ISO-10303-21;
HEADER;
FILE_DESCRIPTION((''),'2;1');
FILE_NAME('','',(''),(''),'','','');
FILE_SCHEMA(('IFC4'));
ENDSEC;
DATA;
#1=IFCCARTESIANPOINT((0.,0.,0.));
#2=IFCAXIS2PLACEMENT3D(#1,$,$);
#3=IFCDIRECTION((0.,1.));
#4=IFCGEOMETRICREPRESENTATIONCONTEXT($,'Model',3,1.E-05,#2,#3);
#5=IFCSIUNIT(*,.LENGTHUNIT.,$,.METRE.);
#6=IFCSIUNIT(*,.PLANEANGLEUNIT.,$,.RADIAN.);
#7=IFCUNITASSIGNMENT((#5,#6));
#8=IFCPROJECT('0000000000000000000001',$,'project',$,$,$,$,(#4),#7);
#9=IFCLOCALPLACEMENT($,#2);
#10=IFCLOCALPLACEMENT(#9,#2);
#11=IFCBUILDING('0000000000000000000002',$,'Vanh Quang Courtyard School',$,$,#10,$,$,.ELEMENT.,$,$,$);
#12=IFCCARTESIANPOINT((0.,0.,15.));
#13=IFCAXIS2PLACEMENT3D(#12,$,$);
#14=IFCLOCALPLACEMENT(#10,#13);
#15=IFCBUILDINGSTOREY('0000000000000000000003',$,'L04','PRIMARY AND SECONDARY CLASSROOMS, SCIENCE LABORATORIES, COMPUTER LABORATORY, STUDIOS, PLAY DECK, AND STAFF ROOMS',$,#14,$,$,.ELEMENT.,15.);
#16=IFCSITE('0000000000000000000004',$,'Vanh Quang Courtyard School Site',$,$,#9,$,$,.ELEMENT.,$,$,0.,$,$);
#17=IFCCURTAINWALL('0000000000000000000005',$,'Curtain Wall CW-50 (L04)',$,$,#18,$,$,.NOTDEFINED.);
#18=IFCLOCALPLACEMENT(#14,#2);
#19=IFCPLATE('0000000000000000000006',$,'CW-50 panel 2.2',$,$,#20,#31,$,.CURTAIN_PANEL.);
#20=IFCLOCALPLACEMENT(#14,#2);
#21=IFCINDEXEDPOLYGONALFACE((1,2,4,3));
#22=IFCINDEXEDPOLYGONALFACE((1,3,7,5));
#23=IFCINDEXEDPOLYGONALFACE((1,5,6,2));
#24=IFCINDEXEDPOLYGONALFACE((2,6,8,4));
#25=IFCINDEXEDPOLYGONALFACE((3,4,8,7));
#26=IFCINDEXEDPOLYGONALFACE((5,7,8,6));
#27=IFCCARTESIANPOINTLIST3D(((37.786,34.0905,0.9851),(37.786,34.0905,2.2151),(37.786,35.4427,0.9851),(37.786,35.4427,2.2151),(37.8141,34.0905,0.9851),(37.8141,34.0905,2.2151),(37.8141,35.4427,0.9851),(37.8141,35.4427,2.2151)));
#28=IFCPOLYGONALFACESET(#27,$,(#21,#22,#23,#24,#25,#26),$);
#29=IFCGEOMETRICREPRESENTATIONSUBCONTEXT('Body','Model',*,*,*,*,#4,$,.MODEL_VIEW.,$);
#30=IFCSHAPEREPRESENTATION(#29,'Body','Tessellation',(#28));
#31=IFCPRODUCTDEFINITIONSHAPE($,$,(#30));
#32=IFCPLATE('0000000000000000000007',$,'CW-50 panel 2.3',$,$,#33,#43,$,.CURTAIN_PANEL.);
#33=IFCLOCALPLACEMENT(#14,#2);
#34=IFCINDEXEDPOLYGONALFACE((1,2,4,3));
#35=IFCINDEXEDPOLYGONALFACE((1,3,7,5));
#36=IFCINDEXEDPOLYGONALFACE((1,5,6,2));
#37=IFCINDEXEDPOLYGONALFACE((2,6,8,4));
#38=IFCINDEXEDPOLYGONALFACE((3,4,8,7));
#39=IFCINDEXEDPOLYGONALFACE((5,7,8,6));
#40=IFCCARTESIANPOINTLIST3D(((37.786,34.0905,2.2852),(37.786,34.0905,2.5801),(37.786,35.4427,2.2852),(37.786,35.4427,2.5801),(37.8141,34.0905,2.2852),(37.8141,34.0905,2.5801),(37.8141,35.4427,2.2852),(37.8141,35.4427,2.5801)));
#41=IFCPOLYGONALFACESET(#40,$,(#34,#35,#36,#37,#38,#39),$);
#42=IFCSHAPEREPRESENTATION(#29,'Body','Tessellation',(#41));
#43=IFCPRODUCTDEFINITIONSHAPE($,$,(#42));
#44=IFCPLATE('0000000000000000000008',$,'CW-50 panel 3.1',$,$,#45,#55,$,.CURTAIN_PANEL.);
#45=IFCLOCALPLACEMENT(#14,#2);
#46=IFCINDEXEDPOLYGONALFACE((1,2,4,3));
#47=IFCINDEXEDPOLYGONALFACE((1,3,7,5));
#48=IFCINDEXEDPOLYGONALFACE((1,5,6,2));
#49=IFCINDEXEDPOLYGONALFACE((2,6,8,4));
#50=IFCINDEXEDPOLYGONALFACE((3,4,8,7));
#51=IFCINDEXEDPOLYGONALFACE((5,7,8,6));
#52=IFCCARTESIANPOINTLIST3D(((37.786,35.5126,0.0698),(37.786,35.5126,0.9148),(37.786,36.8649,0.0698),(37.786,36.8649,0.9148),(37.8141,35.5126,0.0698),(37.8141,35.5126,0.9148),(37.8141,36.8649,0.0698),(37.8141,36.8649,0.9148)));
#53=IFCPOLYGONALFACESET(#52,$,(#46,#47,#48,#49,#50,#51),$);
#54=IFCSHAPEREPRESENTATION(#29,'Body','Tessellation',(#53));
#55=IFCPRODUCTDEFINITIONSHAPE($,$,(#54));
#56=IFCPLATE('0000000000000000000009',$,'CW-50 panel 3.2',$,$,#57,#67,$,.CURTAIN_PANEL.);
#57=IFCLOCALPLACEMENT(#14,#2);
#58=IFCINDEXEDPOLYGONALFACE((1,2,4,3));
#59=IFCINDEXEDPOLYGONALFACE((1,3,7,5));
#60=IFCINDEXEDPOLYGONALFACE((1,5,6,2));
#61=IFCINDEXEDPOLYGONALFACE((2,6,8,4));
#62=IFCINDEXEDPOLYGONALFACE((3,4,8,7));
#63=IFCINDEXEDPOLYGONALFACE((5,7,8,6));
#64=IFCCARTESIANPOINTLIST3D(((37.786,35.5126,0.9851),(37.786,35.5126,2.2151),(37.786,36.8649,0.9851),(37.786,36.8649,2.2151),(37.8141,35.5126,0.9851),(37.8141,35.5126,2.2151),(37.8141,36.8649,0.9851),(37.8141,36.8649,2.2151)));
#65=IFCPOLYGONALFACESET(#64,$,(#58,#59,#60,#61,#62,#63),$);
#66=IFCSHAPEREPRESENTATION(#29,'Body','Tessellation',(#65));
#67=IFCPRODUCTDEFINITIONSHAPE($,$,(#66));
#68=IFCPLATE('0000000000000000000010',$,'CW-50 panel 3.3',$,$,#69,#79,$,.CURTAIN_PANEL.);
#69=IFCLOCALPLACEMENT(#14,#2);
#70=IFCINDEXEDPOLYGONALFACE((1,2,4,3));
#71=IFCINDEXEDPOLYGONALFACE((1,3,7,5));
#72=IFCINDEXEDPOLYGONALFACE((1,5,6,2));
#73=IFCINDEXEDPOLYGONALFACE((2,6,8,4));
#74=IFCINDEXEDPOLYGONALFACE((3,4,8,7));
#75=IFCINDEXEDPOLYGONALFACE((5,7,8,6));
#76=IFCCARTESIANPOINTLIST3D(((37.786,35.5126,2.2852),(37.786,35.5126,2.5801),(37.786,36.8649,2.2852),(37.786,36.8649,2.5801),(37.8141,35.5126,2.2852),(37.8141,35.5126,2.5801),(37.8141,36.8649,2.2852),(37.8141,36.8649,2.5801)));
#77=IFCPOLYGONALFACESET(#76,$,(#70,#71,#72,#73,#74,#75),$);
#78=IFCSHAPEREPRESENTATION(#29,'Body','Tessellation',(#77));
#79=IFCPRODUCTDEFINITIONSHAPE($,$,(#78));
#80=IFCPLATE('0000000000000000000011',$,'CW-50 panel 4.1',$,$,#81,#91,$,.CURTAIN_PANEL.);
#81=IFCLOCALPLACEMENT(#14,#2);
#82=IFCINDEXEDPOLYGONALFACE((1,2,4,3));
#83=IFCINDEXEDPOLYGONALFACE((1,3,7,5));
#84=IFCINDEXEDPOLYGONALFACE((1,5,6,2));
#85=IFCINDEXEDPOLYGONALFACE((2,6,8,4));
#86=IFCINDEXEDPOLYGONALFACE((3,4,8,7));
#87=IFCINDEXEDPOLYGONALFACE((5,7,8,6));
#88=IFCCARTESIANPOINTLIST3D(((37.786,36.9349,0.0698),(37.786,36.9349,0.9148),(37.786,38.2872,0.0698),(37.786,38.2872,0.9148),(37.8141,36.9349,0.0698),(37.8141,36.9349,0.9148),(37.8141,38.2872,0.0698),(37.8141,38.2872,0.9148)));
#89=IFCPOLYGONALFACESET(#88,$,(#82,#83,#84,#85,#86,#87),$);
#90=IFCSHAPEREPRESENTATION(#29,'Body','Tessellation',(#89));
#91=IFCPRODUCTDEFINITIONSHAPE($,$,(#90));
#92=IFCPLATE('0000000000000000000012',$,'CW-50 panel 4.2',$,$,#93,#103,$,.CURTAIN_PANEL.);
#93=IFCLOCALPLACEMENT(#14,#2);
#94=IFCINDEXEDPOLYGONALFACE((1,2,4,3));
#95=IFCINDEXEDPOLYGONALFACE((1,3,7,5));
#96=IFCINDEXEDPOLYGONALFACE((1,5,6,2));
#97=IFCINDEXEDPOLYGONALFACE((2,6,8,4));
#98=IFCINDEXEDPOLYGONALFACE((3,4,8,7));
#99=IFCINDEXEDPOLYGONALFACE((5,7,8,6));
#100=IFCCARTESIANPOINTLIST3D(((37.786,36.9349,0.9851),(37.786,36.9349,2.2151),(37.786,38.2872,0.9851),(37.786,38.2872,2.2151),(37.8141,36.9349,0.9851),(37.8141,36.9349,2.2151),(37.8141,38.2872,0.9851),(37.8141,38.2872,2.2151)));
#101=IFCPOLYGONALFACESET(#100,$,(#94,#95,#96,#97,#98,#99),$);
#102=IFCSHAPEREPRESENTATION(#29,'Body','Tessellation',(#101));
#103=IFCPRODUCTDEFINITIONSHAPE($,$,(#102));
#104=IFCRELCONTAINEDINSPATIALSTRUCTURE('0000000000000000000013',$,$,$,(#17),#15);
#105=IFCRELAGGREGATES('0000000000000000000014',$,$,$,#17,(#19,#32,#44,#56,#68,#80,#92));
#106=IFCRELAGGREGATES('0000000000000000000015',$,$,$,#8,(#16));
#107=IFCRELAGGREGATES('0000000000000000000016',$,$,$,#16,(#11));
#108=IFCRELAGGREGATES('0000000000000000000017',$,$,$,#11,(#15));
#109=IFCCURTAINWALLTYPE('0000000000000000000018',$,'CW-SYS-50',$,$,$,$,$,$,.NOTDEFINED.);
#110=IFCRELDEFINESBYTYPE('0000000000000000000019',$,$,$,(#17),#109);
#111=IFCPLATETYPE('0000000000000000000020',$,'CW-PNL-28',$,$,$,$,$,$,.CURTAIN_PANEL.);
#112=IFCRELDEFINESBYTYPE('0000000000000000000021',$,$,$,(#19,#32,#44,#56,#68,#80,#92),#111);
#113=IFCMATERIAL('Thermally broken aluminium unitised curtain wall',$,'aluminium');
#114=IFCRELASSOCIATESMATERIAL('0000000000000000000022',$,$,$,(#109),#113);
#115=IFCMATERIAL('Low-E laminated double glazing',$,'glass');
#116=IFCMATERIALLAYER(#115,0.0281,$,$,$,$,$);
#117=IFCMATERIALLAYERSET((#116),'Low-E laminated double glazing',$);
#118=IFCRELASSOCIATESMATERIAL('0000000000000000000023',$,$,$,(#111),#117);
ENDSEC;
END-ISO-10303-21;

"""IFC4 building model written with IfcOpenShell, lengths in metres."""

from ifc_helpers import new_model, si_unit, direction, frame, origin, origin_2d, place, context, subcontext, project, spatial, rectangle, extrude, material, layer, layer_set, type_object, element, aggregate, save


model = new_model("IFC4")

# Units and contexts
model_context = context("Model", 3, precision=1e-05, world=origin(), true_north=direction((0.0, 1.0)))
body_context = subcontext(model_context, "Body", "Model", "MODEL_VIEW")
ifc_project = project(units=[si_unit("LENGTHUNIT", "METRE"), si_unit("PLANEANGLEUNIT", "RADIAN")], contexts=[model_context])

# Site, building, storey
site_placement = place(None, origin())
site = spatial("IfcSite", under=ifc_project, at=site_placement, Name="Vanh Quang Courtyard School Site", CompositionType="ELEMENT", RefElevation=0.0)
building_placement = place(site_placement, origin())
building = spatial("IfcBuilding", under=site, at=building_placement, Name="Vanh Quang Courtyard School", CompositionType="ELEMENT")
storey_placement = place(building_placement, frame((0.0, 0.0, 15.0)))
storey = spatial("IfcBuildingStorey", under=building, at=storey_placement, Name="L04", Description="PRIMARY AND SECONDARY CLASSROOMS, SCIENCE LABORATORIES, COMPUTER LABORATORY, STUDIOS, PLAY DECK, AND STAFF ROOMS", CompositionType="ELEMENT", Elevation=15.0)

# Curtain wall, plates
ifc_material_1 = material(Name="Thermally broken aluminium unitised curtain wall", Category="aluminium")
curtain_wall_type = type_object("IfcCurtainWallType", Name="CW-SYS-50", PredefinedType="NOTDEFINED", material=ifc_material_1)
curtain_wall_placement = place(storey_placement, origin())
curtain_wall = element("IfcCurtainWall", 1, at=curtain_wall_placement, inside=storey, type_object=curtain_wall_type, Name="Curtain Wall CW-50 (L04)", PredefinedType="NOTDEFINED")
ifc_material_2 = material(Name="Low-E laminated double glazing", Category="glass")
ifc_layer = layer(ifc_material_2, 0.0281)
ifc_layer_set = layer_set([ifc_layer], Name="Low-E laminated double glazing")
plate_type = type_object("IfcPlateType", Name="CW-PNL-28", PredefinedType="CURTAIN_PANEL", material=ifc_layer_set)
plate_1_placement = place(storey_placement, frame((37.8, 34.7666, 0.9851), z_axis=(0.0, 0.0, 1.0), x_axis=(0.0, 1.0, 0.0)))
plate_1 = element("IfcPlate", 2, at=plate_1_placement, type_object=plate_type, Name="CW-50 panel 2.2", PredefinedType="CURTAIN_PANEL", context=body_context, shape_type="SweptSolid", body=[
    extrude(rectangle(XDim=1.3523, YDim=0.0281, at=origin_2d()), origin(), (0.0, 0.0, 1.0), 1.23),
])
plate_2_placement = place(storey_placement, frame((37.8, 34.7666, 2.2852), z_axis=(0.0, 0.0, 1.0), x_axis=(0.0, 1.0, 0.0)))
plate_2 = element("IfcPlate", 3, at=plate_2_placement, type_object=plate_type, Name="CW-50 panel 2.3", PredefinedType="CURTAIN_PANEL", context=body_context, shape_type="SweptSolid", body=[
    extrude(rectangle(XDim=1.3523, YDim=0.0281, at=origin_2d()), origin(), (0.0, 0.0, 1.0), 0.2949),
])
plate_3_placement = place(storey_placement, frame((37.8, 36.1887, 0.0698), z_axis=(0.0, 0.0, 1.0), x_axis=(0.0, 1.0, 0.0)))
plate_3 = element("IfcPlate", 4, at=plate_3_placement, type_object=plate_type, Name="CW-50 panel 3.1", PredefinedType="CURTAIN_PANEL", context=body_context, shape_type="SweptSolid", body=[
    extrude(rectangle(XDim=1.3523, YDim=0.0281, at=origin_2d()), origin(), (0.0, 0.0, 1.0), 0.845),
])
plate_4_placement = place(storey_placement, frame((37.8, 36.1887, 0.9851), z_axis=(0.0, 0.0, 1.0), x_axis=(0.0, 1.0, 0.0)))
plate_4 = element("IfcPlate", 5, at=plate_4_placement, type_object=plate_type, Name="CW-50 panel 3.2", PredefinedType="CURTAIN_PANEL", context=body_context, shape_type="SweptSolid", body=[
    extrude(rectangle(XDim=1.3523, YDim=0.0281, at=origin_2d()), origin(), (0.0, 0.0, 1.0), 1.23),
])
plate_5_placement = place(storey_placement, frame((37.8, 36.1887, 2.2852), z_axis=(0.0, 0.0, 1.0), x_axis=(0.0, 1.0, 0.0)))
plate_5 = element("IfcPlate", 6, at=plate_5_placement, type_object=plate_type, Name="CW-50 panel 3.3", PredefinedType="CURTAIN_PANEL", context=body_context, shape_type="SweptSolid", body=[
    extrude(rectangle(XDim=1.3523, YDim=0.0281, at=origin_2d()), origin(), (0.0, 0.0, 1.0), 0.2949),
])
plate_6_placement = place(storey_placement, frame((37.8, 37.6111, 0.0698), z_axis=(0.0, 0.0, 1.0), x_axis=(0.0, 1.0, 0.0)))
plate_6 = element("IfcPlate", 7, at=plate_6_placement, type_object=plate_type, Name="CW-50 panel 4.1", PredefinedType="CURTAIN_PANEL", context=body_context, shape_type="SweptSolid", body=[
    extrude(rectangle(XDim=1.3523, YDim=0.0281, at=origin_2d()), origin(), (0.0, 0.0, 1.0), 0.845),
])
plate_7_placement = place(storey_placement, frame((37.8, 37.6111, 0.9851), z_axis=(0.0, 0.0, 1.0), x_axis=(0.0, 1.0, 0.0)))
plate_7 = element("IfcPlate", 8, at=plate_7_placement, type_object=plate_type, Name="CW-50 panel 4.2", PredefinedType="CURTAIN_PANEL", context=body_context, shape_type="SweptSolid", body=[
    extrude(rectangle(XDim=1.3523, YDim=0.0281, at=origin_2d()), origin(), (0.0, 0.0, 1.0), 1.23),
])
aggregate(curtain_wall, [plate_1, plate_2, plate_3, plate_4, plate_5, plate_6, plate_7])

save(model, "model.ifc")
